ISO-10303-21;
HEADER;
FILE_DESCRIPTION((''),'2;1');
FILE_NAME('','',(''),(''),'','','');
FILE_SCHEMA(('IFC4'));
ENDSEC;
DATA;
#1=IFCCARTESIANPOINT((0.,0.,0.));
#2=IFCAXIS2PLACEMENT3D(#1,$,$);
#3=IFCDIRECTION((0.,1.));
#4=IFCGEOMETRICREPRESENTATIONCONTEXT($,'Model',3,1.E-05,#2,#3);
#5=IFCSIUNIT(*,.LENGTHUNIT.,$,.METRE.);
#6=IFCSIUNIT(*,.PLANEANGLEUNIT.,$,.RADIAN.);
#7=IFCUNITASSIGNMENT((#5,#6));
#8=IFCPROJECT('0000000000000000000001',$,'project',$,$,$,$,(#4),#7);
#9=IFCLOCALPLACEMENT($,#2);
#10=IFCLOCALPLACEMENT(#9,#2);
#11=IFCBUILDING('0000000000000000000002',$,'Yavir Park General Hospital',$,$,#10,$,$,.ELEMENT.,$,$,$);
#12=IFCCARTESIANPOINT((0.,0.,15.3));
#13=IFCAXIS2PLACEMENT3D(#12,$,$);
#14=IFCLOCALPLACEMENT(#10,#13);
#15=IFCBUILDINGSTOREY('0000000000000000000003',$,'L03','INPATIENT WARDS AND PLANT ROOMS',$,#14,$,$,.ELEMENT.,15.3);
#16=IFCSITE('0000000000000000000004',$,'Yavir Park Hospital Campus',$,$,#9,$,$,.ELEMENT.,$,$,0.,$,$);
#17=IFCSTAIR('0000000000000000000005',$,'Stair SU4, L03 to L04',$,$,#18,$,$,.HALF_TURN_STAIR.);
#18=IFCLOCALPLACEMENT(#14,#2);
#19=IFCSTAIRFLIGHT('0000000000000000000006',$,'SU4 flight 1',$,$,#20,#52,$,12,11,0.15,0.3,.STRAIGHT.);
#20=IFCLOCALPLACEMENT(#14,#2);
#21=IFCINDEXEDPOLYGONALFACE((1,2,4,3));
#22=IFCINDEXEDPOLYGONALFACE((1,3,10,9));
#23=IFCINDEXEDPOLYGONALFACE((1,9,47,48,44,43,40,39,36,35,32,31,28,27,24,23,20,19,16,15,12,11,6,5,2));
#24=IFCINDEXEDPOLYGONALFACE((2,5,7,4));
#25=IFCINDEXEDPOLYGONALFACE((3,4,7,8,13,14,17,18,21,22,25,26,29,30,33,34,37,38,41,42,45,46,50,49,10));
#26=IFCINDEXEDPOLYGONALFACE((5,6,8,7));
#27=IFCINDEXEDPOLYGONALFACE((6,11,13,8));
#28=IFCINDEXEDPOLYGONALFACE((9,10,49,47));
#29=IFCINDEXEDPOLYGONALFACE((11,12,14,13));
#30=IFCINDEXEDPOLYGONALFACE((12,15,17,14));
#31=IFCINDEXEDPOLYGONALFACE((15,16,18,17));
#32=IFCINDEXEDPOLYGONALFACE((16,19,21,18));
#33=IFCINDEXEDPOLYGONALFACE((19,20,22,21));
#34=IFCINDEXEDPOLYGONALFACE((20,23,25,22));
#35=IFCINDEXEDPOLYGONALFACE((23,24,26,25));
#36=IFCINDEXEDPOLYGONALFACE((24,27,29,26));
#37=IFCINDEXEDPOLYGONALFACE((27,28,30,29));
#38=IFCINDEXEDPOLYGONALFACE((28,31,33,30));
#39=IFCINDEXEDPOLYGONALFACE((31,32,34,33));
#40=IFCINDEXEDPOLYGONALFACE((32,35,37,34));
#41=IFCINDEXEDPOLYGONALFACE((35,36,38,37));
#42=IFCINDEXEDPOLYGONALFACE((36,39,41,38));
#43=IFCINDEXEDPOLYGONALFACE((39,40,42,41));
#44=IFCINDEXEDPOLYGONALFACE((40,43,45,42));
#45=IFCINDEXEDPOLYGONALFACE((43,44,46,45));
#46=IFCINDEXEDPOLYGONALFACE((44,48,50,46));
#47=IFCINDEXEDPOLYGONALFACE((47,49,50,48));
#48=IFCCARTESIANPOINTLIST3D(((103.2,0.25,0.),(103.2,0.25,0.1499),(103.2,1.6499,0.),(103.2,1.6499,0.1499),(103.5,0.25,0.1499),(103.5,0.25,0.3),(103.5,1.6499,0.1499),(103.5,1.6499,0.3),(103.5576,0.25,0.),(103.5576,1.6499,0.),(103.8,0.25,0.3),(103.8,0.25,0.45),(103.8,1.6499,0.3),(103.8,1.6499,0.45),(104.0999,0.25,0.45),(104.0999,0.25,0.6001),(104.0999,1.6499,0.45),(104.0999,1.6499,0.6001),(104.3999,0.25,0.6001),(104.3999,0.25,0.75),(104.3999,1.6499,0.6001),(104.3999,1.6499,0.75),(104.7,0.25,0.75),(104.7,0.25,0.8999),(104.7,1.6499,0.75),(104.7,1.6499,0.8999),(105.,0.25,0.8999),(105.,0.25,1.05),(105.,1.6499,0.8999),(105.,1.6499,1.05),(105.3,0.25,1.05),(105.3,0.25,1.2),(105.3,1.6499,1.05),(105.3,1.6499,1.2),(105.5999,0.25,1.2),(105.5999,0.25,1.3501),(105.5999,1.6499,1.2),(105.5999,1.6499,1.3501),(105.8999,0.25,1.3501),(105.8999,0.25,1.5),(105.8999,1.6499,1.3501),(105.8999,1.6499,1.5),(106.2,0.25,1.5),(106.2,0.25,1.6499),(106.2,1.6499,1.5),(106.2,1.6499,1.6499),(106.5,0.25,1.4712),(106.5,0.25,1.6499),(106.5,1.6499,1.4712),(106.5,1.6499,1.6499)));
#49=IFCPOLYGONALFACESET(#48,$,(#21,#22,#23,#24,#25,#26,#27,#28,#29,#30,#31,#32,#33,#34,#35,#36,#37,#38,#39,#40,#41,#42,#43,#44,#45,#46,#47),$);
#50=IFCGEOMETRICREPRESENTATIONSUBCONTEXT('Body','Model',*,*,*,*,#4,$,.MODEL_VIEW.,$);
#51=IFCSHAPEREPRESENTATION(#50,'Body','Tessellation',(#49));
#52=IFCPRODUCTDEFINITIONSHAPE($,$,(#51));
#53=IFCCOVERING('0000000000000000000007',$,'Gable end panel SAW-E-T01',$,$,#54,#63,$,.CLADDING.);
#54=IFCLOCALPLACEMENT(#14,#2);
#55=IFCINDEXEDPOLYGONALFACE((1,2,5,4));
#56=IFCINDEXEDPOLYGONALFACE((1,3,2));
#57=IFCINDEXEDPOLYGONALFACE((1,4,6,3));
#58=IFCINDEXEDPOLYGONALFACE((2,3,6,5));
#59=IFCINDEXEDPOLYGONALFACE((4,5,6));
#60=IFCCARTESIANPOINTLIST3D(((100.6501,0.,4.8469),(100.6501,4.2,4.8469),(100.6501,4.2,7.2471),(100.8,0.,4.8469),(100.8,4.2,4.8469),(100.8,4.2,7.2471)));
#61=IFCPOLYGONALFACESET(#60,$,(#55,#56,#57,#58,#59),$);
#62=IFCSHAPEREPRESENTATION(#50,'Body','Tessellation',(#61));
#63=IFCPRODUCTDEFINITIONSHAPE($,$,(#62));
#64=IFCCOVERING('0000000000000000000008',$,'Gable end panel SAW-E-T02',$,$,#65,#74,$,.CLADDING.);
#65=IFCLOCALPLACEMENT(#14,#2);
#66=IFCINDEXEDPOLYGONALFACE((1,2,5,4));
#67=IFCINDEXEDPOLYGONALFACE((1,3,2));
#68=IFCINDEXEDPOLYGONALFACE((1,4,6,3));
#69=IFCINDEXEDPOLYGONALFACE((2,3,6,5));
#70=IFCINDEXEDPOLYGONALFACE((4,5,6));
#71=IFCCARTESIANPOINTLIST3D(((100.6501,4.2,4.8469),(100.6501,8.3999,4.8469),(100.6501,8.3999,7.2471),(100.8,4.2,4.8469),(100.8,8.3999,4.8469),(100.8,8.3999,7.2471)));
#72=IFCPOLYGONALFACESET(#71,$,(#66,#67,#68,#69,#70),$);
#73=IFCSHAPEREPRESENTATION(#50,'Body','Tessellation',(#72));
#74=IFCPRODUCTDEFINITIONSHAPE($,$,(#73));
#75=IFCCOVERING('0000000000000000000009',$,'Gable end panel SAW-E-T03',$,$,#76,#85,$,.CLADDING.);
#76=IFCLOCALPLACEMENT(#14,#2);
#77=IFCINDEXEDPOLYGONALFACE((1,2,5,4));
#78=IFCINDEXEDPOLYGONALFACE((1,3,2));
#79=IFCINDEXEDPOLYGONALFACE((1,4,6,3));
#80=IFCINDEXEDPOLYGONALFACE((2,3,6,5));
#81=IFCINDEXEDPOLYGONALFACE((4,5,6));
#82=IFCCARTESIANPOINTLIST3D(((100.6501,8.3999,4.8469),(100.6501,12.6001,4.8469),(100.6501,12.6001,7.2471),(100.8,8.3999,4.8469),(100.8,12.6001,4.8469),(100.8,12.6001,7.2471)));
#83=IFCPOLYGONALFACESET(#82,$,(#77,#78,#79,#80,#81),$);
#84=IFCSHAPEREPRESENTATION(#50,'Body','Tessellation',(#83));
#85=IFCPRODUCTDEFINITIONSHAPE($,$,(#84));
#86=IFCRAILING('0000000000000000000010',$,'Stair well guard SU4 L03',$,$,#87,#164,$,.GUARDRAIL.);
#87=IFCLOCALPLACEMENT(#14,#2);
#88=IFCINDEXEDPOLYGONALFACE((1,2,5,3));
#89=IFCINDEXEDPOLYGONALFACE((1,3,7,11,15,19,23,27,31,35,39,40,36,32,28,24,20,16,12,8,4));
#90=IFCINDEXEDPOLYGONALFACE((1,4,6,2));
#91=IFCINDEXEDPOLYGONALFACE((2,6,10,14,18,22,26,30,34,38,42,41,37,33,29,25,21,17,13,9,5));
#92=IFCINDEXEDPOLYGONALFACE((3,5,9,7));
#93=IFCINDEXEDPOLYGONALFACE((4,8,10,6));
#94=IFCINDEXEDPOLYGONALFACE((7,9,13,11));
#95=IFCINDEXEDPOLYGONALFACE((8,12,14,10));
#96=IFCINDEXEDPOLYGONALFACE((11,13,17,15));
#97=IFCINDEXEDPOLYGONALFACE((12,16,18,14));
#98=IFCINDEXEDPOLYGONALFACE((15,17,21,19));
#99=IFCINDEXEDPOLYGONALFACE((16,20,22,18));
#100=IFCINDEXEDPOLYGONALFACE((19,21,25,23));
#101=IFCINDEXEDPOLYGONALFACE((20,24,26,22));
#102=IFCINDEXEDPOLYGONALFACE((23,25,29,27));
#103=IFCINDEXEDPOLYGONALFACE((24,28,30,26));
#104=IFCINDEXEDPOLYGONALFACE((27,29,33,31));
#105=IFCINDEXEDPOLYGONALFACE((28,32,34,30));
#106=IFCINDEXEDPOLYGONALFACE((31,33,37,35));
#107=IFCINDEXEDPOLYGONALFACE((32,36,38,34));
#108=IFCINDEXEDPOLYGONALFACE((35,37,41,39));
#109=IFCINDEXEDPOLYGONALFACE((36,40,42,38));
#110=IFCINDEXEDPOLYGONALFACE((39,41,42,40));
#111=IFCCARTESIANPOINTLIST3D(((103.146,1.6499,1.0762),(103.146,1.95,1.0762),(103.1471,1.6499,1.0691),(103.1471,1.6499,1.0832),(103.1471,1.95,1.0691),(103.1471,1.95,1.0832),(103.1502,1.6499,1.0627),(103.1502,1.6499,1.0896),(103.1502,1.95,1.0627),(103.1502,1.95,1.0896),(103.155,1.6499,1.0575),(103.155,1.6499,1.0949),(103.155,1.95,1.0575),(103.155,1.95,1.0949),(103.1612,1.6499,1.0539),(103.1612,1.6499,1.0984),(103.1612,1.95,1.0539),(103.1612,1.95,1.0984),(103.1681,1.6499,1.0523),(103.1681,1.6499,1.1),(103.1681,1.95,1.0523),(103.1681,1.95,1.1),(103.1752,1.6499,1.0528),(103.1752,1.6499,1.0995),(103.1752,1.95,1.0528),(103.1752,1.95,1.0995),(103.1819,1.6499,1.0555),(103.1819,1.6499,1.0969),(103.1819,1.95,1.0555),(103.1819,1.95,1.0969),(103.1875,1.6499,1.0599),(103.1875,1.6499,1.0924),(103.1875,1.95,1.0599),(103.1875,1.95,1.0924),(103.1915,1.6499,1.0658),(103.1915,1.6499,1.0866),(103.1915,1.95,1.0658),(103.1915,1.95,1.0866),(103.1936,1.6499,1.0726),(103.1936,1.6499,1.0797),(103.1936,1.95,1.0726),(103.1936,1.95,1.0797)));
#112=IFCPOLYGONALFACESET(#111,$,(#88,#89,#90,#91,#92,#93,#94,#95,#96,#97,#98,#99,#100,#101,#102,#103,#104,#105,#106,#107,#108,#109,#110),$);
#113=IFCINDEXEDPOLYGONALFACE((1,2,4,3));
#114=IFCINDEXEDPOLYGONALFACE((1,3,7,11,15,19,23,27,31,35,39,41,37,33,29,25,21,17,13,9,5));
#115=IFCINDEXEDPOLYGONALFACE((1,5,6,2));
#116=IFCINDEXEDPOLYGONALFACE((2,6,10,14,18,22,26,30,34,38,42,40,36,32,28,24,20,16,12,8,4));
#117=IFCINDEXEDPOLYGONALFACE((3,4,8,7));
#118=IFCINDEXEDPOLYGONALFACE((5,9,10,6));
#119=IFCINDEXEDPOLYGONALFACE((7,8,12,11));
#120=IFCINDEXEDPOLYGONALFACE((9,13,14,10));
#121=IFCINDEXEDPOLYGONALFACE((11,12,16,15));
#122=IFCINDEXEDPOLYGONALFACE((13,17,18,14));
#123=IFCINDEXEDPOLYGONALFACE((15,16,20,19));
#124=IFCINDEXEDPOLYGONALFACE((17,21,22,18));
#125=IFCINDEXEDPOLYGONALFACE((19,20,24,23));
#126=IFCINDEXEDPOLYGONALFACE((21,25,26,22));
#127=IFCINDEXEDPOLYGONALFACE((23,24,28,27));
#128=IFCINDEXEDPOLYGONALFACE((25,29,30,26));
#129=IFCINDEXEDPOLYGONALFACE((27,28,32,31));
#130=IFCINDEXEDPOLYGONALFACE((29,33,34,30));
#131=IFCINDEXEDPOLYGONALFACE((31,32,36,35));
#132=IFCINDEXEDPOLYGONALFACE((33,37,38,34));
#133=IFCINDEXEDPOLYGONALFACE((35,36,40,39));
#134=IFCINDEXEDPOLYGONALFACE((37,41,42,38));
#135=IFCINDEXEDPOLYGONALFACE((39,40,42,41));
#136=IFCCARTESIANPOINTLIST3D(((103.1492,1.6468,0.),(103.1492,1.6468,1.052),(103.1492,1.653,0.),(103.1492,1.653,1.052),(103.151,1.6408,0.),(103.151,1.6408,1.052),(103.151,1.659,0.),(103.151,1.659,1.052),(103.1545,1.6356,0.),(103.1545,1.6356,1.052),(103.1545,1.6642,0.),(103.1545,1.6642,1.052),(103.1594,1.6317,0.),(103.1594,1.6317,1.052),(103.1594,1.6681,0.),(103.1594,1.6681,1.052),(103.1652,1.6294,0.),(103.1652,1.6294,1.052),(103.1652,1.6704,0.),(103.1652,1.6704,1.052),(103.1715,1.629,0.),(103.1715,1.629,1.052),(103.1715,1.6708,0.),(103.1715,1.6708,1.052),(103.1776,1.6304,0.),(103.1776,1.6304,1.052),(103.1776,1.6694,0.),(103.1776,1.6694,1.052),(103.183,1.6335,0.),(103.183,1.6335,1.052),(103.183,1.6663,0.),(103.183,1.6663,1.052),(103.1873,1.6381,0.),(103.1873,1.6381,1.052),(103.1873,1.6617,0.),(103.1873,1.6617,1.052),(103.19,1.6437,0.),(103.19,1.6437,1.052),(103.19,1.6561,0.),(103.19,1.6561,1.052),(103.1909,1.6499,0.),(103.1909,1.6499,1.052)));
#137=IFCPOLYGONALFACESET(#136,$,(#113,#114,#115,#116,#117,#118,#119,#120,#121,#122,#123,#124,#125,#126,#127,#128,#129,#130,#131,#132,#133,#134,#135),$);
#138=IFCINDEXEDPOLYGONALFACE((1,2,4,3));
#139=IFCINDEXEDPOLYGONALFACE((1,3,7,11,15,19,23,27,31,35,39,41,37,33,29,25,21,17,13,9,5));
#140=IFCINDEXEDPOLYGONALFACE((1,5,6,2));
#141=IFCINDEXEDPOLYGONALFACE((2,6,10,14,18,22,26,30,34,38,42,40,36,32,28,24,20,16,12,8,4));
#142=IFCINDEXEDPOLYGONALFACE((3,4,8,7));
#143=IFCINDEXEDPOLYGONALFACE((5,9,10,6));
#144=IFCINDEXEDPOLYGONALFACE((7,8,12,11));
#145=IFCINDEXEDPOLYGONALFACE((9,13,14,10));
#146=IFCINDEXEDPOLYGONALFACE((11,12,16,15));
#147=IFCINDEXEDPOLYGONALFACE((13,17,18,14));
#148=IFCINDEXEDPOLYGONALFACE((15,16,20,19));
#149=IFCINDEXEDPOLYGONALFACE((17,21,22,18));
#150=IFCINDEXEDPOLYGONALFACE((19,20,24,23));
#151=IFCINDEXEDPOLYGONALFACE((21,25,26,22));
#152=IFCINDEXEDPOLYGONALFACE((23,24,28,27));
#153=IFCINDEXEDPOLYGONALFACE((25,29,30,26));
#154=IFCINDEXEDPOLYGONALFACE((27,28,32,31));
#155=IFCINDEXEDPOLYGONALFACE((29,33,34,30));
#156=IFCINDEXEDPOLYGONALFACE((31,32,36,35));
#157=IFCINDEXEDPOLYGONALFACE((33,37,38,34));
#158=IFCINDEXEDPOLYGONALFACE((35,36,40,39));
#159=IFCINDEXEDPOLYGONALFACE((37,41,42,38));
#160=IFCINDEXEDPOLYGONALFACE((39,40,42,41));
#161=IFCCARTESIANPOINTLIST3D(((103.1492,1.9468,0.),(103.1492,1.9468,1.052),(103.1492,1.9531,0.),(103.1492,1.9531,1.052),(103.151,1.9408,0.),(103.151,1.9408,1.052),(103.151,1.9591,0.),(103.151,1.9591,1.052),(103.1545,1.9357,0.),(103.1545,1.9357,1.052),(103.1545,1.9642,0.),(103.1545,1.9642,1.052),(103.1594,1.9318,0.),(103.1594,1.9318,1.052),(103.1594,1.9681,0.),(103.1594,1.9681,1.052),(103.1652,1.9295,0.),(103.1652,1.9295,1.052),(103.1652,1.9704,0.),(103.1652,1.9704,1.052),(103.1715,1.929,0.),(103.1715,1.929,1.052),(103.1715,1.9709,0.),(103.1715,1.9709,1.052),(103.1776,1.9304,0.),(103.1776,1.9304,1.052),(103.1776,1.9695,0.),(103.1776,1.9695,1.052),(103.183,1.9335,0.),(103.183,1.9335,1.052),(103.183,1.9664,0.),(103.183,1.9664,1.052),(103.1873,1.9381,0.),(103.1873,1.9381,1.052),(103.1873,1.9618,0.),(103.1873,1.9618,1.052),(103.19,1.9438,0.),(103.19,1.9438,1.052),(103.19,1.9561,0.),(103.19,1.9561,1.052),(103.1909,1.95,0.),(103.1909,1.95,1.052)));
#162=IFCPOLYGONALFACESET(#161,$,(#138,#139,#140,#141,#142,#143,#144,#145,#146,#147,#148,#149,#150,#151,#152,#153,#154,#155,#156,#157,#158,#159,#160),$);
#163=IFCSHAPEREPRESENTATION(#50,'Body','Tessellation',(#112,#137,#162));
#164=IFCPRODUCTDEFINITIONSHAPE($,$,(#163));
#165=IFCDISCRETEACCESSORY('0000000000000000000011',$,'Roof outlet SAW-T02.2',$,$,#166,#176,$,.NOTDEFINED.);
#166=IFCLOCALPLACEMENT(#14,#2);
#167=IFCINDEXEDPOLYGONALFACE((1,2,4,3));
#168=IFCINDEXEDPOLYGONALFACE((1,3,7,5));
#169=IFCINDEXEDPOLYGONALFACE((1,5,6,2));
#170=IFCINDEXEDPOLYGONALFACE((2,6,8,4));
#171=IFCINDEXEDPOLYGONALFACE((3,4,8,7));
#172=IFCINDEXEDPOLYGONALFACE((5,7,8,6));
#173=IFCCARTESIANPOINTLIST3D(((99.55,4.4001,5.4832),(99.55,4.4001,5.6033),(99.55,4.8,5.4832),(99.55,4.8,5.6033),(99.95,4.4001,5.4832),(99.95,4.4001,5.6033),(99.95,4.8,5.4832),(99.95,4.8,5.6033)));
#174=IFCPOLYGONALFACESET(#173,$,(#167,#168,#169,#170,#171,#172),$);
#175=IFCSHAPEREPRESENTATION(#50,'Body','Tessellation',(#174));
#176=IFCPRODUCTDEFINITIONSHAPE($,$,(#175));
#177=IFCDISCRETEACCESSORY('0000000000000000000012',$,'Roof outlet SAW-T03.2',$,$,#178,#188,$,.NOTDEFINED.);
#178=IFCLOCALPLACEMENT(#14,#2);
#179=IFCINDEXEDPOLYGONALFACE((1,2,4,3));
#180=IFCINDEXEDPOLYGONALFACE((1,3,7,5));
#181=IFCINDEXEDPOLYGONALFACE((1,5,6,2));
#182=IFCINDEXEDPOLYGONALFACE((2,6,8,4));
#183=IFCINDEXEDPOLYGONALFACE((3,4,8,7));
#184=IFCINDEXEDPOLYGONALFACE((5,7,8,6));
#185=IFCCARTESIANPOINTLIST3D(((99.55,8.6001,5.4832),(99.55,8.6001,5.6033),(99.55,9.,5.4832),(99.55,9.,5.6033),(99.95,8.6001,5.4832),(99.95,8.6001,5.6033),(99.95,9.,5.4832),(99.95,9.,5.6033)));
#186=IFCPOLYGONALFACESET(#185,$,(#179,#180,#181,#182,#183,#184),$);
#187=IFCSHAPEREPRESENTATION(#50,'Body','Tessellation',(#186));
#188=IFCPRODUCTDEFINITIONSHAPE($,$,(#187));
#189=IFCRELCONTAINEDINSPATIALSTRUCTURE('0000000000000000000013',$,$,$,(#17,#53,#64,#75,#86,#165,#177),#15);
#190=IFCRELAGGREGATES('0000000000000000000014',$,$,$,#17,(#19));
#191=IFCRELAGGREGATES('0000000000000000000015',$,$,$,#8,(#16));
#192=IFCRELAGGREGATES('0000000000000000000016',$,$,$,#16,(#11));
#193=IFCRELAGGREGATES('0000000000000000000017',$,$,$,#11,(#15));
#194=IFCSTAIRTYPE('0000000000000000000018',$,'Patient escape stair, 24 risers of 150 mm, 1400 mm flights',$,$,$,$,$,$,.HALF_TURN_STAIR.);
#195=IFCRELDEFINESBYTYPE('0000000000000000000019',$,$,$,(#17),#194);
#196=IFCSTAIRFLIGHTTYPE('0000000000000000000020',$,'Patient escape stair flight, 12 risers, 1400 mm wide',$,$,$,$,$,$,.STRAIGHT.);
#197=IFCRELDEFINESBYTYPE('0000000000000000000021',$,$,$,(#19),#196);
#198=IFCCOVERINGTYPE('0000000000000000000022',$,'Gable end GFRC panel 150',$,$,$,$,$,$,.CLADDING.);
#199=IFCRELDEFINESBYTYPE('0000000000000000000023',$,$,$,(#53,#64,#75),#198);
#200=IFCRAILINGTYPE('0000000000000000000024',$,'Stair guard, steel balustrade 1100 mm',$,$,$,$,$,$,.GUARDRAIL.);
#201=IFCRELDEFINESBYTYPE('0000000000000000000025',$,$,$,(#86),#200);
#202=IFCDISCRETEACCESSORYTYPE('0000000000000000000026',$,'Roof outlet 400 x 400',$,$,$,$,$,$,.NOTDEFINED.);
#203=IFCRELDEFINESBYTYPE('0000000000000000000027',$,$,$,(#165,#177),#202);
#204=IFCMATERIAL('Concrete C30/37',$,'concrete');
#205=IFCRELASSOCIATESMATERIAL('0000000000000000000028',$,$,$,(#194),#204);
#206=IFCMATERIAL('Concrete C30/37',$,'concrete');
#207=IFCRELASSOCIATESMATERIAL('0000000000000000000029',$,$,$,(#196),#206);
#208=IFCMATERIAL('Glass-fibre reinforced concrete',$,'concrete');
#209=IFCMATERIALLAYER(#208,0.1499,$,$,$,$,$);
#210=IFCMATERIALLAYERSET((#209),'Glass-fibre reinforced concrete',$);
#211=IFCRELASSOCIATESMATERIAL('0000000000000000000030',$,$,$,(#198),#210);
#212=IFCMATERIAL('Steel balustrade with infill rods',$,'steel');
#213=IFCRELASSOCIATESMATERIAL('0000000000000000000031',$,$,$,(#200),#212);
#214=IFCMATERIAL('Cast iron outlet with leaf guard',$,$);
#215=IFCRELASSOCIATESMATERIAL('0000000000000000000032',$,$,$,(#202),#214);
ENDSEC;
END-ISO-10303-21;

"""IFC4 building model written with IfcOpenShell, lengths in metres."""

from ifc_helpers import new_model, si_unit, direction, frame, origin, origin_2d, place, context, subcontext, project, spatial, polyline, rectangle, circle, outline, extrude, material, layer, layer_set, type_object, element, aggregate, save


model = new_model("IFC4")

# Units and contexts
model_context = context("Model", 3, precision=1e-05, world=origin(), true_north=direction((0.0, 1.0)))
body_context = subcontext(model_context, "Body", "Model", "MODEL_VIEW")
ifc_project = project(units=[si_unit("LENGTHUNIT", "METRE"), si_unit("PLANEANGLEUNIT", "RADIAN")], contexts=[model_context])

# Site, building, storey
site_placement = place(None, origin())
site = spatial("IfcSite", under=ifc_project, at=site_placement, Name="Yavir Park Hospital Campus", CompositionType="ELEMENT", RefElevation=0.0)
building_placement = place(site_placement, origin())
building = spatial("IfcBuilding", under=site, at=building_placement, Name="Yavir Park General Hospital", CompositionType="ELEMENT")
storey_placement = place(building_placement, frame((0.0, 0.0, 15.3)))
storey = spatial("IfcBuildingStorey", under=building, at=storey_placement, Name="L03", Description="INPATIENT WARDS AND PLANT ROOMS", CompositionType="ELEMENT", Elevation=15.3)

# Stair, stair flight
ifc_material_1 = material(Name="Concrete C30/37", Category="concrete")
stair_type = type_object("IfcStairType", Name="Patient escape stair, 24 risers of 150 mm, 1400 mm flights", PredefinedType="HALF_TURN_STAIR", material=ifc_material_1)
stair_placement = place(storey_placement, origin())
stair = element("IfcStair", 1, at=stair_placement, inside=storey, type_object=stair_type, Name="Stair SU4, L03 to L04", PredefinedType="HALF_TURN_STAIR")
ifc_material_2 = material(Name="Concrete C30/37", Category="concrete")
stair_flight_type = type_object("IfcStairFlightType", Name="Patient escape stair flight, 12 risers, 1400 mm wide", PredefinedType="STRAIGHT", material=ifc_material_2)
stair_flight_placement = place(storey_placement, frame((103.2, 0.95, 0.0), z_axis=(0.0, 0.0, 1.0), x_axis=(1.0, 0.0, 0.0)))
stair_flight = element("IfcStairFlight", 2, at=stair_flight_placement, type_object=stair_flight_type, Name="SU4 flight 1", NumberOfRisers=12, NumberOfTreads=11, PredefinedType="STRAIGHT", RiserHeight=0.15, TreadLength=0.3, context=body_context, shape_type="SweptSolid", body=[
    extrude(outline(polyline([(0.0, 0.0), (0.0, 0.1499), (0.3, 0.1499), (0.3, 0.3), (0.6001, 0.3), (0.6001, 0.45), (0.8999, 0.45), (0.8999, 0.6001), (1.2, 0.6001), (1.2, 0.75), (1.5, 0.75), (1.5, 0.8999), (1.8, 0.8999), (1.8, 1.05), (2.1001, 1.05), (2.1001, 1.2), (2.3999, 1.2), (2.3999, 1.3501), (2.7, 1.3501), (2.7, 1.5), (3.0, 1.5), (3.0, 1.6499), (3.3, 1.6499), (3.3, 1.8), (3.3, 1.4712), (0.3577, 0.0), (0.0, 0.0)])), frame((0.0, 0.7, 0.0), z_axis=(0.0, -1.0, 0.0), x_axis=(1.0, 0.0, 0.0)), (0.0, 0.0, 1.0), 1.3999),
])
aggregate(stair, [stair_flight])

# Coverings
ifc_material_3 = material(Name="Glass-fibre reinforced concrete", Category="concrete")
ifc_layer_1 = layer(ifc_material_3, 0.1499)
ifc_layer_set_1 = layer_set([ifc_layer_1], Name="Glass-fibre reinforced concrete")
covering_type = type_object("IfcCoveringType", Name="Gable end GFRC panel 150", PredefinedType="CLADDING", material=ifc_layer_set_1)
for number, where, z_axis, x_axis, name in (
    (3, (100.8, 0.0, 4.8469), (1.0, 0.0, 0.0), (0.0, 1.0, 0.0), "Gable end panel SAW-E-T01"),
    (4, (100.8, 4.2, 4.8469), (1.0, 0.0, 0.0), (0.0, 1.0, 0.0), "Gable end panel SAW-E-T02"),
):
    element("IfcCovering", number, at=place(storey_placement, frame(where, z_axis=z_axis, x_axis=x_axis)), inside=storey, type_object=covering_type, Name=name, PredefinedType="CLADDING", context=body_context, shape_type="SweptSolid", body=[
        extrude(outline(polyline([(0.0, 0.0), (4.2, 0.0), (4.2, 2.4001), (0.0, 0.0)])), origin(), (0.0, 0.0, -1.0), 0.1499),
    ])
covering_placement = place(storey_placement, frame((100.8, 8.3999, 4.8469), z_axis=(1.0, 0.0, 0.0), x_axis=(0.0, 1.0, 0.0)))
element("IfcCovering", 5, at=covering_placement, inside=storey, type_object=covering_type, Name="Gable end panel SAW-E-T03", PredefinedType="CLADDING", context=body_context, shape_type="SweptSolid", body=[
    extrude(outline(polyline([(0.0, 0.0), (4.2002, 0.0), (4.2002, 2.4001), (0.0, 0.0)])), origin(), (0.0, 0.0, -1.0), 0.1499),
])

# Railing
ifc_material_4 = material(Name="Steel balustrade with infill rods", Category="steel")
railing_type_1 = type_object("IfcRailingType", Name="Stair guard, steel balustrade 1100 mm", PredefinedType="GUARDRAIL", material=ifc_material_4)
railing_placement = place(storey_placement, frame((103.1699, 1.6499, 0.0)))
element("IfcRailing", 6, at=railing_placement, inside=storey, type_object=railing_type_1, Name="Stair well guard SU4 L03", PredefinedType="GUARDRAIL", context=body_context, shape_type="SweptSolid", body=[
    extrude(circle(Radius=0.0239, at=origin_2d()), frame((0.0, 0.0, 1.0762), z_axis=(0.0, 1.0, 0.0), x_axis=(-1.0, 0.0, 0.0)), (0.0, 0.0, 1.0), 0.3),
    extrude(circle(Radius=0.021, at=origin_2d()), origin(), (0.0, 0.0, 1.0), 1.052),
    extrude(circle(Radius=0.021, at=origin_2d()), frame((0.0, 0.3, 0.0)), (0.0, 0.0, 1.0), 1.052),
])

# Discrete accessories
ifc_material_5 = material(Name="Cast iron outlet with leaf guard")
discrete_accessory_type = type_object("IfcDiscreteAccessoryType", Name="Roof outlet 400 x 400", PredefinedType="NOTDEFINED", material=ifc_material_5)
for number, where, z_axis, x_axis, name in (
    (7, (99.75, 4.6001, 5.4832), (0.0, 0.0, 1.0), (1.0, 0.0, 0.0), "Roof outlet SAW-T02.2"),
    (8, (99.75, 8.8, 5.4832), (0.0, 0.0, 1.0), (1.0, 0.0, 0.0), "Roof outlet SAW-T03.2"),
):
    element("IfcDiscreteAccessory", number, at=place(storey_placement, frame(where, z_axis=z_axis, x_axis=x_axis)), inside=storey, type_object=discrete_accessory_type, Name=name, PredefinedType="NOTDEFINED", context=body_context, shape_type="SweptSolid", body=[
        extrude(rectangle(XDim=0.3999, YDim=0.3999, at=origin_2d()), origin(), (0.0, 0.0, 1.0), 0.1201),
    ])

save(model, "model.ifc")
